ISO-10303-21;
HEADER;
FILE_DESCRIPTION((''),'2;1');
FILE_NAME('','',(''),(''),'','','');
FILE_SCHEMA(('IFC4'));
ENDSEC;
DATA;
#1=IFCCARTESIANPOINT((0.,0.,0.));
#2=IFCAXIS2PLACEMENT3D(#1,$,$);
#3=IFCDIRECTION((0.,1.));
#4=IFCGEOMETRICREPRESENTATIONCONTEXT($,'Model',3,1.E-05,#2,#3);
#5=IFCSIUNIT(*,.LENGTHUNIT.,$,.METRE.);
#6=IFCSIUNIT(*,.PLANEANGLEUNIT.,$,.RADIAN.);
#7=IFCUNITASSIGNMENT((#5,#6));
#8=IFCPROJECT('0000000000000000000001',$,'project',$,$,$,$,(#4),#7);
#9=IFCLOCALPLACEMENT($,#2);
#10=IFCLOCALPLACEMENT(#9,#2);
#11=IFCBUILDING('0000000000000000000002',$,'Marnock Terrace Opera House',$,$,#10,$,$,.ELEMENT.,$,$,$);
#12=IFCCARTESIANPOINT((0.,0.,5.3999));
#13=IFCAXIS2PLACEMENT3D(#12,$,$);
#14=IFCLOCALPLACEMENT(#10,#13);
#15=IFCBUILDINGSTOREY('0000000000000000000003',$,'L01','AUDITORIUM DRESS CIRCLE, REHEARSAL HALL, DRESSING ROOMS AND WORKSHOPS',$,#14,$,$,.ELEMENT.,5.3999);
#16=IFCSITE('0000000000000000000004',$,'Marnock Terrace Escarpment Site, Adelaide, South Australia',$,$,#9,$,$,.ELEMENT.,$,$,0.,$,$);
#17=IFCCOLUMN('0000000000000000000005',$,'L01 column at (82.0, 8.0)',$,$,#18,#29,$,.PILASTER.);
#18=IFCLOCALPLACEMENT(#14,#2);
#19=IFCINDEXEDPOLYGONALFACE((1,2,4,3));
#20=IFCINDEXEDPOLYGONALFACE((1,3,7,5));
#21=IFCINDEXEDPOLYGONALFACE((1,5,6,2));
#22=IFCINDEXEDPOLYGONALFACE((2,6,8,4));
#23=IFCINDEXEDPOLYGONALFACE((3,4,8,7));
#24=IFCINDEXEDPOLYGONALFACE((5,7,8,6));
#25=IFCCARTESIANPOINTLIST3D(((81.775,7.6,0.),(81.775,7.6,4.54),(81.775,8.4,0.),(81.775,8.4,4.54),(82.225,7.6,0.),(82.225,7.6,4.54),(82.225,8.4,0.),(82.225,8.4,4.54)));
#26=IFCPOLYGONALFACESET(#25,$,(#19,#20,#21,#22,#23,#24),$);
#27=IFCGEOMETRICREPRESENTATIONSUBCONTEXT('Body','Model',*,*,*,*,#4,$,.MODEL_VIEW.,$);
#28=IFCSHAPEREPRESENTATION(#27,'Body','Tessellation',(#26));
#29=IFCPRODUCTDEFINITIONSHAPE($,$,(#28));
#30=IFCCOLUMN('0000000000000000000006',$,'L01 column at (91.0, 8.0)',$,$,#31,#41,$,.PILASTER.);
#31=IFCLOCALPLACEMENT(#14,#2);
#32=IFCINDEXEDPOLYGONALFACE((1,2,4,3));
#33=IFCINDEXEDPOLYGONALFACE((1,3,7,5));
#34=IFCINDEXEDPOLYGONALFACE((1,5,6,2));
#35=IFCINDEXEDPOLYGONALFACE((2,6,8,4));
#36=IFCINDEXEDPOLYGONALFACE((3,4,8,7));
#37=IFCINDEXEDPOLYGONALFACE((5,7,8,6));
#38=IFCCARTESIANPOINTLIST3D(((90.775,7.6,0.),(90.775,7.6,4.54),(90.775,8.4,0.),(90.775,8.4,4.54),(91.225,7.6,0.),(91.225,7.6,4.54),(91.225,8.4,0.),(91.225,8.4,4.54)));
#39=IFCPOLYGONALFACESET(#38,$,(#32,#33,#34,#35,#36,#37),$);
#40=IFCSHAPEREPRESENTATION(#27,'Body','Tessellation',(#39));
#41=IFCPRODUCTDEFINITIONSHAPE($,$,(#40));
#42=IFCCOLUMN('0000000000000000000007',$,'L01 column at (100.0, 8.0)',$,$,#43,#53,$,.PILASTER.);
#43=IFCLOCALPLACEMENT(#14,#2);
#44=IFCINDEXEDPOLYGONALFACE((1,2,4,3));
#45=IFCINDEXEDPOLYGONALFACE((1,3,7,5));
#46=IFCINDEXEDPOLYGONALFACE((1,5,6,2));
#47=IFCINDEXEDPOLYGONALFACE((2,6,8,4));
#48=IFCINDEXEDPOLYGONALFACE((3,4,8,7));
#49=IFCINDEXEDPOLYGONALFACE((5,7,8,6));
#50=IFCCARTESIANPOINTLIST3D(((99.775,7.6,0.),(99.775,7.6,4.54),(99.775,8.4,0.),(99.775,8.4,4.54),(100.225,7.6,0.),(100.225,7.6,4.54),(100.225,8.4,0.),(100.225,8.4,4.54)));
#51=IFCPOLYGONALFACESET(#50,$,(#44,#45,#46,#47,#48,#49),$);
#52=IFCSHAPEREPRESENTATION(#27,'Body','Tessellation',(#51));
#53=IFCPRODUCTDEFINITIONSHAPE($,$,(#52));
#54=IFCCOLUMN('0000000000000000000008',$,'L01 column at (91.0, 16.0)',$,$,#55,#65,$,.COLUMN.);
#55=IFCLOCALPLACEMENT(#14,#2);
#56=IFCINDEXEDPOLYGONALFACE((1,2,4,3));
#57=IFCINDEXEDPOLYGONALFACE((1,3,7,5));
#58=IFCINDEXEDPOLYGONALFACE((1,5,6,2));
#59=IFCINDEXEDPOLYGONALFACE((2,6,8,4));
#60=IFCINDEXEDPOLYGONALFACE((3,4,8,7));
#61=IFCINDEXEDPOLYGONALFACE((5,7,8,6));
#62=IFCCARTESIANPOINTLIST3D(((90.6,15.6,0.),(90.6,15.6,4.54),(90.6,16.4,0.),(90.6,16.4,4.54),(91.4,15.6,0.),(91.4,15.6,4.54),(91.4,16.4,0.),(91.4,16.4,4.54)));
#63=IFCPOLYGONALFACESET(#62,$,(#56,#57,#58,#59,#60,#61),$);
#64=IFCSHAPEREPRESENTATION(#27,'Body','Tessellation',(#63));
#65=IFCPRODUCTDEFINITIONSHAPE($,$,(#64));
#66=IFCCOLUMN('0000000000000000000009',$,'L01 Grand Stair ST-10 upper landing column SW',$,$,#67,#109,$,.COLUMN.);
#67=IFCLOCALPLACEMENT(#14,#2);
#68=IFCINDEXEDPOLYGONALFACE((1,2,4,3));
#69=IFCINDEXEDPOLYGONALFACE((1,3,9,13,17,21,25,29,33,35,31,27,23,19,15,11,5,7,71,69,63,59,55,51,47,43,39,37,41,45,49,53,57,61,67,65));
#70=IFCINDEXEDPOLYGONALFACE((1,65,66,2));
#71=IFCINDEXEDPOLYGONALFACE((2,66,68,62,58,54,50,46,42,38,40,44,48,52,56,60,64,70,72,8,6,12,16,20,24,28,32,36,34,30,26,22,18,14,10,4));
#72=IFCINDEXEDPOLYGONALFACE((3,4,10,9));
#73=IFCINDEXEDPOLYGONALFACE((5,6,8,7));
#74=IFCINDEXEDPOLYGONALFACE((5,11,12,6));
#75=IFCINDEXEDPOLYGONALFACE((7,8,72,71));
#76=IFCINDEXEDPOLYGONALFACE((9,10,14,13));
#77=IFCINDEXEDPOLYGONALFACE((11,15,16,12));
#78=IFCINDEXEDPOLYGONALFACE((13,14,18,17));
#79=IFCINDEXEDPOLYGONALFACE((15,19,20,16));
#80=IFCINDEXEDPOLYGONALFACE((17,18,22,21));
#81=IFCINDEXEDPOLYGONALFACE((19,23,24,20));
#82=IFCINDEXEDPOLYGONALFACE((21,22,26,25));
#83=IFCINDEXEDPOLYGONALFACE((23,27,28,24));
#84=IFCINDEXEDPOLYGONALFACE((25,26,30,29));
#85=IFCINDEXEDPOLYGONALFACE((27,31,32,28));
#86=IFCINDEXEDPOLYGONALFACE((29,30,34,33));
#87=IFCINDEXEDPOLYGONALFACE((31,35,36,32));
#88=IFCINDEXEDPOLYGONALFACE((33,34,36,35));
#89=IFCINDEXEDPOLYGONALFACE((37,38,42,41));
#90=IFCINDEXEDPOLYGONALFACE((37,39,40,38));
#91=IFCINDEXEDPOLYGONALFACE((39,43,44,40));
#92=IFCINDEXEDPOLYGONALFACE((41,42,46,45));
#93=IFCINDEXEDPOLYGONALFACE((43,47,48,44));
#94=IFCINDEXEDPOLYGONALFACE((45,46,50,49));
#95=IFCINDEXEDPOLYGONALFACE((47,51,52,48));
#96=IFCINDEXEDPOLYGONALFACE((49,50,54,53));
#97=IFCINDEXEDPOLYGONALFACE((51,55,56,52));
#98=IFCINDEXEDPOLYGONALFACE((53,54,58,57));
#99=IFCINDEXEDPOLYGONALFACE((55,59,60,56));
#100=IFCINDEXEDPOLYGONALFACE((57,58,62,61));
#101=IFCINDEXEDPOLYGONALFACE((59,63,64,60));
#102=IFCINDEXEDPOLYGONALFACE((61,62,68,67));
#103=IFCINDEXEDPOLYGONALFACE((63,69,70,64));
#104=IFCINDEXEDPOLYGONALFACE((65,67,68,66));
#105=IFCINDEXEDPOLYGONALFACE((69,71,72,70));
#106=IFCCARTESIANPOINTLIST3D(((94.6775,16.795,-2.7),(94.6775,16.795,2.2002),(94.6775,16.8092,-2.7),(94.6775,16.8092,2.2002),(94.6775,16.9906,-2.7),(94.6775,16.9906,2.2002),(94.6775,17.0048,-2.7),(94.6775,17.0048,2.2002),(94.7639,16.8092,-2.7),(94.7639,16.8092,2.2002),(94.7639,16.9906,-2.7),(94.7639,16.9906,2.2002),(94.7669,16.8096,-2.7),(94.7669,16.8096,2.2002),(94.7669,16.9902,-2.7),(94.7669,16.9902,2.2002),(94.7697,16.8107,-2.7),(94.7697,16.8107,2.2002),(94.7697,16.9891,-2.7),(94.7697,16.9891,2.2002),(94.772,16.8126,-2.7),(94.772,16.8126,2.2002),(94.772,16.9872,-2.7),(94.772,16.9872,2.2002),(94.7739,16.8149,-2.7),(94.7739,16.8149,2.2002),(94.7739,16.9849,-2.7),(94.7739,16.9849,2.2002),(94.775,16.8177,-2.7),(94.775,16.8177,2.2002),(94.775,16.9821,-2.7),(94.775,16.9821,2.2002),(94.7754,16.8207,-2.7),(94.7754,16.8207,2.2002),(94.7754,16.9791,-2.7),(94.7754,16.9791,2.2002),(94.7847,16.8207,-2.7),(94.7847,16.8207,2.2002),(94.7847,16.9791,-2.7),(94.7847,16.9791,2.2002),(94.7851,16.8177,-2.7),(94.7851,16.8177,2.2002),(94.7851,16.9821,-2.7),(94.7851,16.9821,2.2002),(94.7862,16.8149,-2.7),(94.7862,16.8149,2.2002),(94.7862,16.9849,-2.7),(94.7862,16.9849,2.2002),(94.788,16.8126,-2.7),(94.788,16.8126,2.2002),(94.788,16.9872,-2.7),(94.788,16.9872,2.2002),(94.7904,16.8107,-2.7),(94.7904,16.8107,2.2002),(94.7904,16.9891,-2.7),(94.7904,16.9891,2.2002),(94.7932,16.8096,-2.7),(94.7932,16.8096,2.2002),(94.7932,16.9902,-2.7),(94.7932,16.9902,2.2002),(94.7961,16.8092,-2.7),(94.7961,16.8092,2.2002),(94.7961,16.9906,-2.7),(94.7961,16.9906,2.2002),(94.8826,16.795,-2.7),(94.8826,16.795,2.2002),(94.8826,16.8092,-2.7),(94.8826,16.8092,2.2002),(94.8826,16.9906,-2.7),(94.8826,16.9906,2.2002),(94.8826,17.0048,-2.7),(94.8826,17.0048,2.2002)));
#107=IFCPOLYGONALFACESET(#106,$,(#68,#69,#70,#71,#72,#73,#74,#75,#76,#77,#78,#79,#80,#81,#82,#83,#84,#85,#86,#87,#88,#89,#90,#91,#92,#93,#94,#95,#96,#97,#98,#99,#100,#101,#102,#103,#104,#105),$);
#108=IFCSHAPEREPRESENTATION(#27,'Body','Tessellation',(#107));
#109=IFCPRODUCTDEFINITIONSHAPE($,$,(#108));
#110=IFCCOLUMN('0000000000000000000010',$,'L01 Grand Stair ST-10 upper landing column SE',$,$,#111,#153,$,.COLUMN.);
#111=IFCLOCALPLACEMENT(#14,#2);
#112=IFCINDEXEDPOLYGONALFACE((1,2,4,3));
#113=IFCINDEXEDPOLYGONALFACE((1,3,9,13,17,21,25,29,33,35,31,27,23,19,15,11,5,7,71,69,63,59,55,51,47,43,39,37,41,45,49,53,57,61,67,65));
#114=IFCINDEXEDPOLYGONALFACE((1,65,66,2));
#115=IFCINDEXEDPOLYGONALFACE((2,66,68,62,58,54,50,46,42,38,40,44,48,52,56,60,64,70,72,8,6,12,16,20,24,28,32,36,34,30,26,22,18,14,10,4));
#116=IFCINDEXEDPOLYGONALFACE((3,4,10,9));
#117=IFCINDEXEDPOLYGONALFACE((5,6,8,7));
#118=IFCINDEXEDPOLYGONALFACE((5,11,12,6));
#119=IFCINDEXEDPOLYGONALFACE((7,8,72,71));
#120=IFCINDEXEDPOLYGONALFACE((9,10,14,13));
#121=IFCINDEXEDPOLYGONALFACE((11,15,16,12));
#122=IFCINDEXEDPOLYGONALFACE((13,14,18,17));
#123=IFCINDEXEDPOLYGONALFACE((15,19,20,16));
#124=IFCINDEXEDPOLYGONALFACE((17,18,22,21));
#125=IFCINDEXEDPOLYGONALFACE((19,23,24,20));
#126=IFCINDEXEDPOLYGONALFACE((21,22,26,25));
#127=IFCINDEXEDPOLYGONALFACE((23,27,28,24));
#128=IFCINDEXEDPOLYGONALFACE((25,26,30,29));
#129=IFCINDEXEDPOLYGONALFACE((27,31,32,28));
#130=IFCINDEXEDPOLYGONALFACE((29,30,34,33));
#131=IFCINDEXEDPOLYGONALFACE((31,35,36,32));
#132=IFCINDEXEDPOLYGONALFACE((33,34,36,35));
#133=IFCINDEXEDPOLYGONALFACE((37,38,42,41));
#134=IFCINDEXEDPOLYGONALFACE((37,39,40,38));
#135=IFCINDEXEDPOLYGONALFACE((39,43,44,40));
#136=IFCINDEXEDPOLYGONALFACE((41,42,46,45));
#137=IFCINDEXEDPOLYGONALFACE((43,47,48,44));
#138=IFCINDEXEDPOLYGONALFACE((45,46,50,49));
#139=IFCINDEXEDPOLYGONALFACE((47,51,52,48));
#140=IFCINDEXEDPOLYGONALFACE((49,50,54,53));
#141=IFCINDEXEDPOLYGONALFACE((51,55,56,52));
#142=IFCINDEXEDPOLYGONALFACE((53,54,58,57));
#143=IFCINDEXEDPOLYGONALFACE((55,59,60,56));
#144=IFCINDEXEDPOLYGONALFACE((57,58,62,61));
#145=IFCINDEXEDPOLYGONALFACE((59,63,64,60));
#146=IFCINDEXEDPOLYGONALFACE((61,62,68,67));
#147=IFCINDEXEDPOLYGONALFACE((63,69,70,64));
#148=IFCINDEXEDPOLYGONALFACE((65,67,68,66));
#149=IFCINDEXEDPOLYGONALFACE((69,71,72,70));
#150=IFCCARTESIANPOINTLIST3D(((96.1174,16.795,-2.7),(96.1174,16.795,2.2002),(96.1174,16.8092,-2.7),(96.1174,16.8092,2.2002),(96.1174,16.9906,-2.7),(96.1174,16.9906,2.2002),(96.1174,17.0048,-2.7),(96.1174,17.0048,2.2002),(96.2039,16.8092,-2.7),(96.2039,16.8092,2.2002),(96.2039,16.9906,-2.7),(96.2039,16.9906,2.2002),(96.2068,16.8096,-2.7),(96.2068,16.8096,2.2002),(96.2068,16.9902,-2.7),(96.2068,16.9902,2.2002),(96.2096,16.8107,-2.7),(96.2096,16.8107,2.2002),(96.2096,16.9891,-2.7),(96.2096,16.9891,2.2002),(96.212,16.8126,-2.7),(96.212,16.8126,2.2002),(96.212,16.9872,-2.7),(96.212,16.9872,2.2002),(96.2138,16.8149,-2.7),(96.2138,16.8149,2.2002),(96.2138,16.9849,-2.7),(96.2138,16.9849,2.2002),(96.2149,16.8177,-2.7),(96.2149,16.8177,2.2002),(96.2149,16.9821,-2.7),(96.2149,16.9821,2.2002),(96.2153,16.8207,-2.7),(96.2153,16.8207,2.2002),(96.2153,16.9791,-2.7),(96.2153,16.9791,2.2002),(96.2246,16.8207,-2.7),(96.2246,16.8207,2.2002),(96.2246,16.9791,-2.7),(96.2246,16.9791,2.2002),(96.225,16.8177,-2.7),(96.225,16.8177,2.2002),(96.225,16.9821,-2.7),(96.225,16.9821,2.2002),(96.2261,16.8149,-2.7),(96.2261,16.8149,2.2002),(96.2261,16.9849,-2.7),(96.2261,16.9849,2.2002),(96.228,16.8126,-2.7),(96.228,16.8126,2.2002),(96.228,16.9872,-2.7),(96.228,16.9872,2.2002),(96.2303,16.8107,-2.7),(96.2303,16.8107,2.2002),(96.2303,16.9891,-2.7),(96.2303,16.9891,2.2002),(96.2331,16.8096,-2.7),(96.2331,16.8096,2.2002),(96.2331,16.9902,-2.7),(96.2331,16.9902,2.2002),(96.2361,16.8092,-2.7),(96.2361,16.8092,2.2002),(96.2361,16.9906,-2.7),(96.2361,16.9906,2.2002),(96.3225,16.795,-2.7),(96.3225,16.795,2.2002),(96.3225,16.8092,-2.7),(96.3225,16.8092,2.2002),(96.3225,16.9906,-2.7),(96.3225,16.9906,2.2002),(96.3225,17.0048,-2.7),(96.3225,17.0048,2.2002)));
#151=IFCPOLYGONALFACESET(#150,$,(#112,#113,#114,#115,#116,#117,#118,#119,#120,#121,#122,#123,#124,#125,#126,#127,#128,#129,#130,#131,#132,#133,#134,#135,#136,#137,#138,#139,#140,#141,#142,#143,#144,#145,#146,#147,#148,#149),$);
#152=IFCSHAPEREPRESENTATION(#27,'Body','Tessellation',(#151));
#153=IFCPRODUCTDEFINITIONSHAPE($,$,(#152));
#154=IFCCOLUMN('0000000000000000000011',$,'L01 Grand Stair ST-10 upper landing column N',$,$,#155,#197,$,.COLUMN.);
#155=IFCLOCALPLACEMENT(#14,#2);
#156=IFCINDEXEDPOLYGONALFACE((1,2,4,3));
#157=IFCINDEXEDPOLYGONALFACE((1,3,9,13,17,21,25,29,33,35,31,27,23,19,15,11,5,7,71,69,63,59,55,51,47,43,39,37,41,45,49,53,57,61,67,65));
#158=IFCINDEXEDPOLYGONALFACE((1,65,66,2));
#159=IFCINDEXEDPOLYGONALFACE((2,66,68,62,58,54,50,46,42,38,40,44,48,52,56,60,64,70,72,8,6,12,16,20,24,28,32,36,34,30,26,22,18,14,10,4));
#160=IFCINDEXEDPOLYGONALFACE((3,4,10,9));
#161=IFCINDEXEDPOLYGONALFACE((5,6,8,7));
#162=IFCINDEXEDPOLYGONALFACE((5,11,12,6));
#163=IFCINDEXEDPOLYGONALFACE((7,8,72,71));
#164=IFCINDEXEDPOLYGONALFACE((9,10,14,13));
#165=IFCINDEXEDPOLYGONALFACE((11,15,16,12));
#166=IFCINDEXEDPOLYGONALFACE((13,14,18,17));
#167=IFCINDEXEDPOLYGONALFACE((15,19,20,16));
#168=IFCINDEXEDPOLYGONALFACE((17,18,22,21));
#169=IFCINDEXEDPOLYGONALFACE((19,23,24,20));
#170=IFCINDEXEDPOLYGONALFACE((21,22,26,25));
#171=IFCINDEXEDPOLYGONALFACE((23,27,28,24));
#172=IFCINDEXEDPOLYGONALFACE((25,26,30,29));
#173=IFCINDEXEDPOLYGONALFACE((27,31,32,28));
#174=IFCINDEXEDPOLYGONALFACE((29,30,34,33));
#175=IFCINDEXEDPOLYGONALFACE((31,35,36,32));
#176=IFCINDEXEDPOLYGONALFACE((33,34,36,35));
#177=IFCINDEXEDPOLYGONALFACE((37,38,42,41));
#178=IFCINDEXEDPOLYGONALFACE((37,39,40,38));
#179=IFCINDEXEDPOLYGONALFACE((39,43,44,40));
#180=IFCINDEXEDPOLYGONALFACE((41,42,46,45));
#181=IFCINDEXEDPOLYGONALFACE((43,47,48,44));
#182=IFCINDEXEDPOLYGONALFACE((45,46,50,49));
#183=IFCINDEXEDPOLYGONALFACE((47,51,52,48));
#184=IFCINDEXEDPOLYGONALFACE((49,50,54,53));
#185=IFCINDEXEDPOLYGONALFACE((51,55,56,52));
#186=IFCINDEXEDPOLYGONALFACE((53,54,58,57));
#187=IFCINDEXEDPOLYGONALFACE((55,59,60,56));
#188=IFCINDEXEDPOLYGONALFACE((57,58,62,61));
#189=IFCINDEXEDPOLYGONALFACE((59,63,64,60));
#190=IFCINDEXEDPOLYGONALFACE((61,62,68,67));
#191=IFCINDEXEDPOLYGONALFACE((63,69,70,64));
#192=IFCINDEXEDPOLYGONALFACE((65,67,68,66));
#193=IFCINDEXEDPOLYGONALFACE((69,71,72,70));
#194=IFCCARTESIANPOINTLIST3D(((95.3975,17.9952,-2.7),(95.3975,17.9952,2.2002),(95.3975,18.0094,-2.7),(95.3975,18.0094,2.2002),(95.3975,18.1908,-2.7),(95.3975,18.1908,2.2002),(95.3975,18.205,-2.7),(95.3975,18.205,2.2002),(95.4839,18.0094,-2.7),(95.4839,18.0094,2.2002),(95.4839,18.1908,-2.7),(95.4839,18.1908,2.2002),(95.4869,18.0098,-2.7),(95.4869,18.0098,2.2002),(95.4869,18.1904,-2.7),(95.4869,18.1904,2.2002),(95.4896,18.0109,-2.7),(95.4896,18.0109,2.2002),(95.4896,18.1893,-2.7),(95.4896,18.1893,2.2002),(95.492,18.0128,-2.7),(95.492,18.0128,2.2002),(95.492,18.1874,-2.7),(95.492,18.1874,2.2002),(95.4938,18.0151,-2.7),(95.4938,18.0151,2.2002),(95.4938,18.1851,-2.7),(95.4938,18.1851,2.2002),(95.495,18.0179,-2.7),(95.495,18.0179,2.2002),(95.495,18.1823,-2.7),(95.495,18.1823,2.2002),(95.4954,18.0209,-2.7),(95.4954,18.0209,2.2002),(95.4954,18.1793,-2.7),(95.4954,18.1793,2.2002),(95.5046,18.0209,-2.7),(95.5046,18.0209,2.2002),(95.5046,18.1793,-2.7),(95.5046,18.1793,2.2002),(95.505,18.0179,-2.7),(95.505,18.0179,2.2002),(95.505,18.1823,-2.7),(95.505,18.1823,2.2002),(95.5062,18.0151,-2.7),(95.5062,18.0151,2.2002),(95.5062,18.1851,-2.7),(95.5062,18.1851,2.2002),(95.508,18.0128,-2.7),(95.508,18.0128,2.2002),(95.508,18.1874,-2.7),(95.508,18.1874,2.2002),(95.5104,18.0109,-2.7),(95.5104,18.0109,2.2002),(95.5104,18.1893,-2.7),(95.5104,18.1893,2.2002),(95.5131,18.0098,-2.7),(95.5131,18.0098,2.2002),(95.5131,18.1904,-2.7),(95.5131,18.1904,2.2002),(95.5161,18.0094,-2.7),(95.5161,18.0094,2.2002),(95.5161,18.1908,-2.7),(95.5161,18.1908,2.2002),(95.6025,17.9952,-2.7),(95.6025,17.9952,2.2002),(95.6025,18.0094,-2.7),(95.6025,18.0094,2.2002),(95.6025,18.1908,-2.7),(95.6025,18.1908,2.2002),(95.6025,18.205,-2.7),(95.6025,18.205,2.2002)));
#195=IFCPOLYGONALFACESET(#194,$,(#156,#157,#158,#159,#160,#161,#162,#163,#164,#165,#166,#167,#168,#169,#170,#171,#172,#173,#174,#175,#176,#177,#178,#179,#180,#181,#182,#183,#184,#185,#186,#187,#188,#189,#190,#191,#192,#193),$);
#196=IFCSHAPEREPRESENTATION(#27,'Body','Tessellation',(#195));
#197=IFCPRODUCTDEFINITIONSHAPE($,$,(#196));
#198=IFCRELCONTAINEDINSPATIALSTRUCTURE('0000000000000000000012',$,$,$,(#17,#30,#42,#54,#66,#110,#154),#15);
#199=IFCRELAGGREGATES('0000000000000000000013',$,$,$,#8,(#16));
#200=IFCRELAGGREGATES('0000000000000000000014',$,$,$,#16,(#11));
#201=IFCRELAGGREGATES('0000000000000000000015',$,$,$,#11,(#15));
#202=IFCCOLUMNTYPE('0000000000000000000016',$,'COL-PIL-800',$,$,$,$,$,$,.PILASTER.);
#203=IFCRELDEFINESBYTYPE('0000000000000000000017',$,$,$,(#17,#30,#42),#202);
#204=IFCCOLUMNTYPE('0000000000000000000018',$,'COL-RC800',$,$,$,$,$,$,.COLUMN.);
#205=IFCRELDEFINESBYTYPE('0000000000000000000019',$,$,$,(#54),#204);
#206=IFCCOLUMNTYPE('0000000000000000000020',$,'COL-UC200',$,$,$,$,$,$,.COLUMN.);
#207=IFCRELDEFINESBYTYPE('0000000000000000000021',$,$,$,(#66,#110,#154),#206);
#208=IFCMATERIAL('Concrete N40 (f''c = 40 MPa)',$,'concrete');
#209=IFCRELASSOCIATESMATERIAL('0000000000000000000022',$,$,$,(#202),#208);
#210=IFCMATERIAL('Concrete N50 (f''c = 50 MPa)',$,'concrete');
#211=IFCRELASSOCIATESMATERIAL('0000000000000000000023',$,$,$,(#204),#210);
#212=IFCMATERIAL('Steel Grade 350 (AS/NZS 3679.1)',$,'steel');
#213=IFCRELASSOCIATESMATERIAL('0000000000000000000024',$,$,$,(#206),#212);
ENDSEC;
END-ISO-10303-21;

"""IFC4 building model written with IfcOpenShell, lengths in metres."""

from ifc_helpers import new_model, si_unit, direction, frame, origin, origin_2d, place, context, subcontext, project, spatial, rectangle, i_section, extrude, material, material_profile, profile_set, type_object, element, save


model = new_model("IFC4")

# Units and contexts
model_context = context("Model", 3, precision=1e-05, world=origin(), true_north=direction((0.0, 1.0)))
body_context = subcontext(model_context, "Body", "Model", "MODEL_VIEW")
ifc_project = project(units=[si_unit("LENGTHUNIT", "METRE"), si_unit("PLANEANGLEUNIT", "RADIAN")], contexts=[model_context])

# Site, building, storey
site_placement = place(None, origin())
site = spatial("IfcSite", under=ifc_project, at=site_placement, Name="Marnock Terrace Escarpment Site, Adelaide, South Australia", CompositionType="ELEMENT", RefElevation=0.0)
building_placement = place(site_placement, origin())
building = spatial("IfcBuilding", under=site, at=building_placement, Name="Marnock Terrace Opera House", CompositionType="ELEMENT")
storey_placement = place(building_placement, frame((0.0, 0.0, 5.3999)))
storey = spatial("IfcBuildingStorey", under=building, at=storey_placement, Name="L01", Description="AUDITORIUM DRESS CIRCLE, REHEARSAL HALL, DRESSING ROOMS AND WORKSHOPS", CompositionType="ELEMENT", Elevation=5.3999)

# Columns
ifc_material_1 = material(Name="Concrete N40 (f'c = 40 MPa)", Category="concrete")
ifc_material_profile_1 = material_profile(ifc_material_1, rectangle(XDim=0.45, YDim=0.8, at=origin_2d()))
ifc_profile_set_1 = profile_set([ifc_material_profile_1], Name="Concrete N40 (f'c = 40 MPa)")
column_type_1 = type_object("IfcColumnType", Name="COL-PIL-800", PredefinedType="PILASTER", material=ifc_profile_set_1)
for number, where, z_axis, x_axis, name in (
    (1, (82.0, 8.0, 0.0), (0.0, 0.0, 1.0), (1.0, 0.0, 0.0), "L01 column at (82.0, 8.0)"),
    (2, (91.0, 8.0, 0.0), (0.0, 0.0, 1.0), (1.0, 0.0, 0.0), "L01 column at (91.0, 8.0)"),
    (3, (100.0, 8.0, 0.0), (0.0, 0.0, 1.0), (1.0, 0.0, 0.0), "L01 column at (100.0, 8.0)"),
):
    element("IfcColumn", number, at=place(storey_placement, frame(where, z_axis=z_axis, x_axis=x_axis)), inside=storey, type_object=column_type_1, Name=name, PredefinedType="PILASTER", context=body_context, shape_type="SweptSolid", body=[
        extrude(rectangle(XDim=0.45, YDim=0.8, at=origin_2d()), origin(), (0.0, 0.0, 1.0), 4.54),
    ])
ifc_material_2 = material(Name="Concrete N50 (f'c = 50 MPa)", Category="concrete")
ifc_material_profile_2 = material_profile(ifc_material_2, rectangle(XDim=0.8, YDim=0.8, at=origin_2d()))
ifc_profile_set_2 = profile_set([ifc_material_profile_2], Name="Concrete N50 (f'c = 50 MPa)")
column_type_2 = type_object("IfcColumnType", Name="COL-RC800", PredefinedType="COLUMN", material=ifc_profile_set_2)
column_placement = place(storey_placement, frame((91.0, 16.0, 0.0), z_axis=(0.0, 0.0, 1.0), x_axis=(1.0, 0.0, 0.0)))
element("IfcColumn", 4, at=column_placement, inside=storey, type_object=column_type_2, Name="L01 column at (91.0, 16.0)", PredefinedType="COLUMN", context=body_context, shape_type="SweptSolid", body=[
    extrude(rectangle(XDim=0.8, YDim=0.8, at=origin_2d()), origin(), (0.0, 0.0, 1.0), 4.54),
])
ifc_material_3 = material(Name="Steel Grade 350 (AS/NZS 3679.1)", Category="steel")
ifc_material_profile_3 = material_profile(ifc_material_3, i_section(OverallWidth=0.2051, OverallDepth=0.2097, WebThickness=0.0093, FlangeThickness=0.0142, FilletRadius=0.0115, at=origin_2d()))
ifc_profile_set_3 = profile_set([ifc_material_profile_3], Name="Steel Grade 350 (AS/NZS 3679.1)")
column_type_3 = type_object("IfcColumnType", Name="COL-UC200", PredefinedType="COLUMN", material=ifc_profile_set_3)
for number, where, z_axis, x_axis, name in (
    (5, (94.78, 16.8999, -2.7), (0.0, 0.0, 1.0), (1.0, 0.0, 0.0), "L01 Grand Stair ST-10 upper landing column SW"),
    (6, (96.22, 16.8999, -2.7), (0.0, 0.0, 1.0), (1.0, 0.0, 0.0), "L01 Grand Stair ST-10 upper landing column SE"),
    (7, (95.5, 18.1001, -2.7), (0.0, 0.0, 1.0), (1.0, 0.0, 0.0), "L01 Grand Stair ST-10 upper landing column N"),
):
    element("IfcColumn", number, at=place(storey_placement, frame(where, z_axis=z_axis, x_axis=x_axis)), inside=storey, type_object=column_type_3, Name=name, PredefinedType="COLUMN", context=body_context, shape_type="SweptSolid", body=[
        extrude(i_section(OverallWidth=0.2051, OverallDepth=0.2097, WebThickness=0.0093, FlangeThickness=0.0142, FilletRadius=0.0115, at=origin_2d()), origin(), (0.0, 0.0, 1.0), 4.9001),
    ])

save(model, "model.ifc")
